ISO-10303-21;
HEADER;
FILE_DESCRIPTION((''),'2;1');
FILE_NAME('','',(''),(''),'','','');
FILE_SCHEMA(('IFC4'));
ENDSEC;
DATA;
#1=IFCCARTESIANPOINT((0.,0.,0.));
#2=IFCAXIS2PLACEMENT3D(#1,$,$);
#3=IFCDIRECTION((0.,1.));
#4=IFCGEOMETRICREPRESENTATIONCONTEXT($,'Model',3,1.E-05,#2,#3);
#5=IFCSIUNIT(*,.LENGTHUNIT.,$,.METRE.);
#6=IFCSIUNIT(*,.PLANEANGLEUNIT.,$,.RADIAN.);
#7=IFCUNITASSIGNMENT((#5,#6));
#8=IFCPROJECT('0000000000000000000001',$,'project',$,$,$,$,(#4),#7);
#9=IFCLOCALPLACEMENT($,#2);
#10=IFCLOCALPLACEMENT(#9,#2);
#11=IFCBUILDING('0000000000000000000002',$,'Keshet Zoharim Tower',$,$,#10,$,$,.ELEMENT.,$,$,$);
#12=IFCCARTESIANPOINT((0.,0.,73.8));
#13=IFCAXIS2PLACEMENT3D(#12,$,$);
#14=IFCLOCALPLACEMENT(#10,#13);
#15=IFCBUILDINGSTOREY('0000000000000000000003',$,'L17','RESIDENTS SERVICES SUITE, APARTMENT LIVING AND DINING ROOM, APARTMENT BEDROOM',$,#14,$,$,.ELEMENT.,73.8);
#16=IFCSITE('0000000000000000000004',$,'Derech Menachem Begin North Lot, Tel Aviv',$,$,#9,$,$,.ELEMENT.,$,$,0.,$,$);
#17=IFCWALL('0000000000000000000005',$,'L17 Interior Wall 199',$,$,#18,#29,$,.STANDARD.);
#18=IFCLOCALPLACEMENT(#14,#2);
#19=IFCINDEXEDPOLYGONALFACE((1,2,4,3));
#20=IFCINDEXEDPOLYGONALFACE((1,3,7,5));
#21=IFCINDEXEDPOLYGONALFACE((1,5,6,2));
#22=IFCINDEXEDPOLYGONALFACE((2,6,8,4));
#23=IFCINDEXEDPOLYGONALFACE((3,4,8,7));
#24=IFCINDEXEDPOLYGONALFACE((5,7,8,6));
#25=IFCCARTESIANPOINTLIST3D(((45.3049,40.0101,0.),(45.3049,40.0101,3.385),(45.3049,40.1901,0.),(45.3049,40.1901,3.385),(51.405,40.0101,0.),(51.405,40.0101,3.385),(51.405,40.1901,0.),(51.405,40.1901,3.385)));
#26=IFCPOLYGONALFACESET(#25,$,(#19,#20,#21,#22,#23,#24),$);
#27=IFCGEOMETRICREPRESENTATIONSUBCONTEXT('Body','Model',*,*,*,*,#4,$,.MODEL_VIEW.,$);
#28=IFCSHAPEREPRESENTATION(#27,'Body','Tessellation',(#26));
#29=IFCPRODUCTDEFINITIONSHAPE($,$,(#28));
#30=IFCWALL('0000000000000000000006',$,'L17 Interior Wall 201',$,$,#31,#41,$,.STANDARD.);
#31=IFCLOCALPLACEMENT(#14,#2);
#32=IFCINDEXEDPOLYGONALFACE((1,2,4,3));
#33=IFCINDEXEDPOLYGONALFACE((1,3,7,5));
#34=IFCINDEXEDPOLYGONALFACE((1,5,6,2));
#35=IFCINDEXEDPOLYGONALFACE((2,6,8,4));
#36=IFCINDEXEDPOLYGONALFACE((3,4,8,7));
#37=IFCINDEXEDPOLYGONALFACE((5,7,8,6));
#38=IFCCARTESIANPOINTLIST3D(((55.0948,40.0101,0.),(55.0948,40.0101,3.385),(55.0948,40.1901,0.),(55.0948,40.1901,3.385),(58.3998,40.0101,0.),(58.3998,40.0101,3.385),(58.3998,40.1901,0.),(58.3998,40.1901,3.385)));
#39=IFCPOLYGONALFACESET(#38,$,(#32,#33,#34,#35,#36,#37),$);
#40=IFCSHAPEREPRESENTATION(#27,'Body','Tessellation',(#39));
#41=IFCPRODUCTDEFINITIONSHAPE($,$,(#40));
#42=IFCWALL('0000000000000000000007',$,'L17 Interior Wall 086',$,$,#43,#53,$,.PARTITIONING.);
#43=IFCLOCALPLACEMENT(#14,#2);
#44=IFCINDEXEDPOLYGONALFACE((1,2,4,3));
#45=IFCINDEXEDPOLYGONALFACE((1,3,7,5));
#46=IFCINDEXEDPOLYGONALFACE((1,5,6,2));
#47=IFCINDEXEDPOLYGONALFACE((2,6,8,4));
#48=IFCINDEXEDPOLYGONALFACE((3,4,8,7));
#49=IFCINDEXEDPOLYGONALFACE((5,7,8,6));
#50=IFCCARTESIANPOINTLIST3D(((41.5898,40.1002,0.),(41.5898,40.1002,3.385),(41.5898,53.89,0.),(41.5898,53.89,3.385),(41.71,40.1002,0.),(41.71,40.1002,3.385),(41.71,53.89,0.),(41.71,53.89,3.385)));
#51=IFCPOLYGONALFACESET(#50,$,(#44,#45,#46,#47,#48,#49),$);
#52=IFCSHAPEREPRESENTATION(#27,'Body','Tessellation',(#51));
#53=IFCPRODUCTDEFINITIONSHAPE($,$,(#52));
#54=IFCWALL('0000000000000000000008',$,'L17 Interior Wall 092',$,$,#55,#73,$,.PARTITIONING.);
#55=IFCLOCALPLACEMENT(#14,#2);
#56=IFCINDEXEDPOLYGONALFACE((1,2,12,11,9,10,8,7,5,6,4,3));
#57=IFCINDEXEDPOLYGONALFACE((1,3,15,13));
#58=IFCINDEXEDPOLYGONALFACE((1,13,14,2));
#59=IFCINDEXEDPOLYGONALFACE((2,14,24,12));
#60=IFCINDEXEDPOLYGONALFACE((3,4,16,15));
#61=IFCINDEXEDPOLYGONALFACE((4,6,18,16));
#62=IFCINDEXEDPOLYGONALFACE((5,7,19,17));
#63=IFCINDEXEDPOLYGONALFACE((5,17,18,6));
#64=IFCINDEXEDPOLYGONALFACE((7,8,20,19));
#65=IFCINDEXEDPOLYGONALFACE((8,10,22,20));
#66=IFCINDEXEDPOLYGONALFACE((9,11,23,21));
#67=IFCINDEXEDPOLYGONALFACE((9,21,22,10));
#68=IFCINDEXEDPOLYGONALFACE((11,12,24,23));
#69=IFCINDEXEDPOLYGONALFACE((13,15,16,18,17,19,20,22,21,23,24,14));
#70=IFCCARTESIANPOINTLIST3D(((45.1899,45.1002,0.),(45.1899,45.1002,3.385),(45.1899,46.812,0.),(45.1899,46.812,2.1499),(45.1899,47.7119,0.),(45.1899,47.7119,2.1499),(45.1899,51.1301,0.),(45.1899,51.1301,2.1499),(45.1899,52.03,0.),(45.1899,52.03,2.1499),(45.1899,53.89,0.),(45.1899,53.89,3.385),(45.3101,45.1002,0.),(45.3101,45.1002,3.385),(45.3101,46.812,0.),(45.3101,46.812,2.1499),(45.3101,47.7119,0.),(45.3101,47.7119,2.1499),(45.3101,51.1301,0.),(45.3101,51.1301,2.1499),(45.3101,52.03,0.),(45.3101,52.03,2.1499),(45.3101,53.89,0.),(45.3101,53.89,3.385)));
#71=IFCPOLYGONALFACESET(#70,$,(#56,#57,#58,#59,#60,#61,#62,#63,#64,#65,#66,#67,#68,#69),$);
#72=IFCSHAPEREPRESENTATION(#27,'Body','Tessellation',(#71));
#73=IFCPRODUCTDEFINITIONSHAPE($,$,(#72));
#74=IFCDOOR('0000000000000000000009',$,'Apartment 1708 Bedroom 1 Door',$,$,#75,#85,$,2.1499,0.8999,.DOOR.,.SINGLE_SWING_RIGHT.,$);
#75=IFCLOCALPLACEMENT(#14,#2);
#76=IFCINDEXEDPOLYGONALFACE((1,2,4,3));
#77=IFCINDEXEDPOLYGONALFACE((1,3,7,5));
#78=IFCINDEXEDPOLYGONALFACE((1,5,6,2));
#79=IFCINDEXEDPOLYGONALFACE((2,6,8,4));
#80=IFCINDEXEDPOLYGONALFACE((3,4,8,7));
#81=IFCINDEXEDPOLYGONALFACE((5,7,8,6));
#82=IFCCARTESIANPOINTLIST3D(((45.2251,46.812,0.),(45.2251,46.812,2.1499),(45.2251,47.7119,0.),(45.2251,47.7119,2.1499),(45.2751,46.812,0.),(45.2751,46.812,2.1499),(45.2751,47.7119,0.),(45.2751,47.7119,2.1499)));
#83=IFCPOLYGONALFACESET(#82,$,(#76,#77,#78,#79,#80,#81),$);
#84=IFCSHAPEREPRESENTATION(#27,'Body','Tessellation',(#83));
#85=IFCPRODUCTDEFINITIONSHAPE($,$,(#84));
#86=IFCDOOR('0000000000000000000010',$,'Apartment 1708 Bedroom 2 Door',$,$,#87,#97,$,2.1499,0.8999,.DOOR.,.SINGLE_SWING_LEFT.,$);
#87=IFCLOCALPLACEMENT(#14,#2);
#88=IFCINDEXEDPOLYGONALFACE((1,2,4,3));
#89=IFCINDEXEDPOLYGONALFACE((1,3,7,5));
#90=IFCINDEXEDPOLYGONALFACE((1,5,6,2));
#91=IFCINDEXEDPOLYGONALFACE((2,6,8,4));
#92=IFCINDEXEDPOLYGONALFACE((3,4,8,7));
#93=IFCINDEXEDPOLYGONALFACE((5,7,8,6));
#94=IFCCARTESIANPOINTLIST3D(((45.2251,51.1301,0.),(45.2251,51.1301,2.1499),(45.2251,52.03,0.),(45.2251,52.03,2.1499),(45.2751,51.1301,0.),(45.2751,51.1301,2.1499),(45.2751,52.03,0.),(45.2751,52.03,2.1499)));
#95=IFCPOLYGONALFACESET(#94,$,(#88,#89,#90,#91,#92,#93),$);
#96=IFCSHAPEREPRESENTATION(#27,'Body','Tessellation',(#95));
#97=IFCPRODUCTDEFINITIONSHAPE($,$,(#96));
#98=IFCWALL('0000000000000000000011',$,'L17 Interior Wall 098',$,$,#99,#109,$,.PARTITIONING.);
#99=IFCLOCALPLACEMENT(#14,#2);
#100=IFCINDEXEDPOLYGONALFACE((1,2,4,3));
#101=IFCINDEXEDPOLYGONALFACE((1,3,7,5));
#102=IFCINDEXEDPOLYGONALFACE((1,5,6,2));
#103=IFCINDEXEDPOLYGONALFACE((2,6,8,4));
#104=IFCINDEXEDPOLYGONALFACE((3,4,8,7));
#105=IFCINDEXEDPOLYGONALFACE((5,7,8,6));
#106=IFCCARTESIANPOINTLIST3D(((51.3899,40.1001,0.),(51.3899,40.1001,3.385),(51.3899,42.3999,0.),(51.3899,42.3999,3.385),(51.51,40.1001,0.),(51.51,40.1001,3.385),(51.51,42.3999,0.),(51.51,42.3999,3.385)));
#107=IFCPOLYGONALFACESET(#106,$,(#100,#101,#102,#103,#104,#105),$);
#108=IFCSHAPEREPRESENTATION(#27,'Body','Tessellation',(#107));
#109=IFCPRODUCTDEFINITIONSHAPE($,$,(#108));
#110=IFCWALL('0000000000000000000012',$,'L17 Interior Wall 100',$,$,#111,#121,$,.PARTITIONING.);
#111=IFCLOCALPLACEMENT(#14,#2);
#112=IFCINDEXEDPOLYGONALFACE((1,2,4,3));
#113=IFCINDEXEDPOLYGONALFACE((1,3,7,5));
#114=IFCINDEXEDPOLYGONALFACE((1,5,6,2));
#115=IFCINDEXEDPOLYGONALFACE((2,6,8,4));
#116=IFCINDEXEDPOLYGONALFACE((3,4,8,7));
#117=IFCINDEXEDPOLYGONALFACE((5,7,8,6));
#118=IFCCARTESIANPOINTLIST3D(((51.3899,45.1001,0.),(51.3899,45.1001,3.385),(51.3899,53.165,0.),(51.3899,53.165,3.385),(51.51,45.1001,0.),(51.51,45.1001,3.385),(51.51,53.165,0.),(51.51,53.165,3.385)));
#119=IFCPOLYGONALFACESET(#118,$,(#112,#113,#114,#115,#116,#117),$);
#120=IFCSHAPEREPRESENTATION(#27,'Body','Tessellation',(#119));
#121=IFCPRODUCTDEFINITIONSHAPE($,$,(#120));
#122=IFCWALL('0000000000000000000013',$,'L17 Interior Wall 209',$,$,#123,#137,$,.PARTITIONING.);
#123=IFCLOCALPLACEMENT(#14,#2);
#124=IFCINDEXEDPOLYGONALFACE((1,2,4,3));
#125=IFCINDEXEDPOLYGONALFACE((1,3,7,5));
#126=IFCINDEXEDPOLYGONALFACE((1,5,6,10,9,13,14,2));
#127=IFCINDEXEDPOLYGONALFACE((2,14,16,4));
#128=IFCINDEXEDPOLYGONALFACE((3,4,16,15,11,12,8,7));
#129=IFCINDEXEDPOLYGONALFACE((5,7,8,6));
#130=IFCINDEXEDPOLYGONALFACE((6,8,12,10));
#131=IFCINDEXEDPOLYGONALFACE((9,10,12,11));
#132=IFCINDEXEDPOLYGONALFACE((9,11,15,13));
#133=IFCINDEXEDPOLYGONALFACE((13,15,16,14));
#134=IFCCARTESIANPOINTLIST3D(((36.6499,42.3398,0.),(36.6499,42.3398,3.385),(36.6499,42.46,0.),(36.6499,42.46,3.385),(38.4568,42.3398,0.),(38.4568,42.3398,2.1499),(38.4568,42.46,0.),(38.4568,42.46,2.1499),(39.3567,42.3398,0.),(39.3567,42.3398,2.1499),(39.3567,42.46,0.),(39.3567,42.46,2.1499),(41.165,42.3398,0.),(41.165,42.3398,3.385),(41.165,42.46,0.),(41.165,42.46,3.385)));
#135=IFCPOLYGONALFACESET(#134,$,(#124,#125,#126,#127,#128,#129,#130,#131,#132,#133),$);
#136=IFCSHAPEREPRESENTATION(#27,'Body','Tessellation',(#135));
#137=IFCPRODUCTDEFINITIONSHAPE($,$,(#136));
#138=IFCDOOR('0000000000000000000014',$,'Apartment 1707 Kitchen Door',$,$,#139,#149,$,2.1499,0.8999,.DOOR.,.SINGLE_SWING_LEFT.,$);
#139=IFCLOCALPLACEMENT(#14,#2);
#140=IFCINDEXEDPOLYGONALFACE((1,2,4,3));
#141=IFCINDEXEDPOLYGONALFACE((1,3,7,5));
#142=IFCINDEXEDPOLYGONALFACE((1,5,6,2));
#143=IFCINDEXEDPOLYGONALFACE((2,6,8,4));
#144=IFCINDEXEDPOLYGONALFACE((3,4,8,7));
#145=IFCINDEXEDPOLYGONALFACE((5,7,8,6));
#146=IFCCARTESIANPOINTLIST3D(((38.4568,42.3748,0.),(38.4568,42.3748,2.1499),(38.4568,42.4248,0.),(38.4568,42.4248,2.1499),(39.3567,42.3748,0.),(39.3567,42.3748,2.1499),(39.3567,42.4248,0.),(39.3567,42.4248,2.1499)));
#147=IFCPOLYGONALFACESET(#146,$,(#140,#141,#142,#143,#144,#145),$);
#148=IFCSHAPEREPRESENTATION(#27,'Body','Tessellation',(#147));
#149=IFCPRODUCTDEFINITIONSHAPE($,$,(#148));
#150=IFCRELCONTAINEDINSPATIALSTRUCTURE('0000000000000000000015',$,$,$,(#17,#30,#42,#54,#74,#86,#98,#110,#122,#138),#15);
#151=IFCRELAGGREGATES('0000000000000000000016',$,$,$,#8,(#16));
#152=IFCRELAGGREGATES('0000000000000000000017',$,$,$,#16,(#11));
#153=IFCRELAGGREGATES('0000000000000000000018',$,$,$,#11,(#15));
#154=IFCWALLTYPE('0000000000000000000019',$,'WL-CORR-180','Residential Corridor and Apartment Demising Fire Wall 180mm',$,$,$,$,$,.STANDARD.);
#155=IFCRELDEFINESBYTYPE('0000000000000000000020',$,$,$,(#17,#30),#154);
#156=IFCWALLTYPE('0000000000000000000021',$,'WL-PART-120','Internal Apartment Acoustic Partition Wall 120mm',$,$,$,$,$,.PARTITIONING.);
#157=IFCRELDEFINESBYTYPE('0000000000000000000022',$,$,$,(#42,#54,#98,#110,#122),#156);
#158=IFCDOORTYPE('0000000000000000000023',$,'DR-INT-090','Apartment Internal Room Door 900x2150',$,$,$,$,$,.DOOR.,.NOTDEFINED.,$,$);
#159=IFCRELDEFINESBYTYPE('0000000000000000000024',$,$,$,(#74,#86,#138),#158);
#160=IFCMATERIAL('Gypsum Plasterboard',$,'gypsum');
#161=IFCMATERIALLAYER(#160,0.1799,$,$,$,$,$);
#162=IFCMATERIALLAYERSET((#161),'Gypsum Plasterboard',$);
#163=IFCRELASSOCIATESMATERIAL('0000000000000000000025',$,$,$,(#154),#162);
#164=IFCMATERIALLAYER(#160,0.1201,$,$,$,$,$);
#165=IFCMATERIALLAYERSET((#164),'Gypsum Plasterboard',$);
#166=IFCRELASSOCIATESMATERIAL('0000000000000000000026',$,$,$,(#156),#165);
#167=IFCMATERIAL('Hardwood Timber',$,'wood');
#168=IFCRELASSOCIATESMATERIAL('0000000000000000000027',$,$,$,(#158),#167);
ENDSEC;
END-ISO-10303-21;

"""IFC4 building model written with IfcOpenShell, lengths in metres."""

from ifc_helpers import new_model, si_unit, direction, frame, frame_2d, origin, place, context, subcontext, project, spatial, rectangle, extrude, material, layer, layer_set, type_object, element, fill, save


model = new_model("IFC4")

# Units and contexts
model_context = context("Model", 3, precision=1e-05, world=origin(), true_north=direction((0.0, 1.0)))
body_context = subcontext(model_context, "Body", "Model", "MODEL_VIEW")
ifc_project = project(units=[si_unit("LENGTHUNIT", "METRE"), si_unit("PLANEANGLEUNIT", "RADIAN")], contexts=[model_context])

# Site, building, storey
site_placement = place(None, origin())
site = spatial("IfcSite", under=ifc_project, at=site_placement, Name="Derech Menachem Begin North Lot, Tel Aviv", CompositionType="ELEMENT", RefElevation=0.0)
building_placement = place(site_placement, origin())
building = spatial("IfcBuilding", under=site, at=building_placement, Name="Keshet Zoharim Tower", CompositionType="ELEMENT")
storey_placement = place(building_placement, frame((0.0, 0.0, 73.8)))
storey = spatial("IfcBuildingStorey", under=building, at=storey_placement, Name="L17", Description="RESIDENTS SERVICES SUITE, APARTMENT LIVING AND DINING ROOM, APARTMENT BEDROOM", CompositionType="ELEMENT", Elevation=73.8)

# Wall
ifc_material_1 = material(Name="Gypsum Plasterboard", Category="gypsum")
ifc_layer_1 = layer(ifc_material_1, 0.1799)
ifc_layer_set_1 = layer_set([ifc_layer_1], Name="Gypsum Plasterboard")
wall_type_1 = type_object("IfcWallType", Name="WL-CORR-180", Description="Residential Corridor and Apartment Demising Fire Wall 180mm", PredefinedType="STANDARD", material=ifc_layer_set_1)
wall_1_placement = place(storey_placement, frame((45.3049, 40.1001, 0.0), z_axis=(0.0, 0.0, 1.0), x_axis=(1.0, 0.0, 0.0)))
element("IfcWall", 1, at=wall_1_placement, inside=storey, type_object=wall_type_1, Name="L17 Interior Wall 199", PredefinedType="STANDARD", context=body_context, shape_type="SweptSolid", body=[
    extrude(rectangle(XDim=6.1001, YDim=0.1799, at=frame_2d((3.05, 0.0))), origin(), (0.0, 0.0, 1.0), 3.385),
])

# Shared definitions
ifc_material_2 = material(Name="Hardwood Timber", Category="wood")

# Walls
wall_2_placement = place(storey_placement, frame((55.095, 40.1001, 0.0), z_axis=(0.0, 0.0, 1.0), x_axis=(1.0, 0.0, 0.0)))
element("IfcWall", 2, at=wall_2_placement, inside=storey, type_object=wall_type_1, Name="L17 Interior Wall 201", PredefinedType="STANDARD", context=body_context, shape_type="SweptSolid", body=[
    extrude(rectangle(XDim=3.3049, YDim=0.1799, at=frame_2d((1.6523, 0.0))), origin(), (0.0, 0.0, 1.0), 3.385),
])
ifc_layer_2 = layer(ifc_material_1, 0.1201)
ifc_layer_set_2 = layer_set([ifc_layer_2], Name="Gypsum Plasterboard")
wall_type_2 = type_object("IfcWallType", Name="WL-PART-120", Description="Internal Apartment Acoustic Partition Wall 120mm", PredefinedType="PARTITIONING", material=ifc_layer_set_2)
wall_3_placement = place(storey_placement, frame((41.6499, 40.1001, 0.0), z_axis=(0.0, 0.0, 1.0), x_axis=(0.0, 1.0, 0.0)))
element("IfcWall", 3, at=wall_3_placement, inside=storey, type_object=wall_type_2, Name="L17 Interior Wall 086", PredefinedType="PARTITIONING", context=body_context, shape_type="SweptSolid", body=[
    extrude(rectangle(XDim=13.7898, YDim=0.1201, at=frame_2d((6.895, 0.0))), origin(), (0.0, 0.0, 1.0), 3.385),
])

# Shared definitions
door_type_1 = type_object("IfcDoorType", Name="DR-INT-090", Description="Apartment Internal Room Door 900x2150", OperationType="NOTDEFINED", PredefinedType="DOOR", material=ifc_material_2)

# Wall, openings, doors
wall_4_placement = place(storey_placement, frame((45.25, 45.1001, 0.0), z_axis=(0.0, 0.0, 1.0), x_axis=(0.0, 1.0, 0.0)))
wall_4 = element("IfcWall", 4, at=wall_4_placement, inside=storey, type_object=wall_type_2, Name="L17 Interior Wall 092", PredefinedType="PARTITIONING", context=body_context, shape_type="SweptSolid", body=[
    extrude(rectangle(XDim=8.7898, YDim=0.1201, at=frame_2d((4.395, 0.0))), origin(), (0.0, 0.0, 1.0), 3.385),
])
opening_1_placement = place(wall_4_placement, frame((1.7119, 0.0, 0.0)))
opening_1 = element("IfcOpeningElement", 5, at=opening_1_placement, cuts=wall_4, PredefinedType="OPENING", context=body_context, shape_type="SweptSolid", body=[
    extrude(rectangle(XDim=0.8999, YDim=2.1499, at=frame_2d((0.45, 1.075))), frame((0.0, 0.0701, 0.0), z_axis=(0.0, -1.0, 0.0), x_axis=(1.0, 0.0, 0.0)), (0.0, 0.0, 1.0), 0.1401),
])
opening_2_placement = place(wall_4_placement, frame((6.03, 0.0, 0.0)))
opening_2 = element("IfcOpeningElement", 6, at=opening_2_placement, cuts=wall_4, PredefinedType="OPENING", context=body_context, shape_type="SweptSolid", body=[
    extrude(rectangle(XDim=0.8999, YDim=2.1499, at=frame_2d((0.45, 1.075))), frame((0.0, 0.0701, 0.0), z_axis=(0.0, -1.0, 0.0), x_axis=(1.0, 0.0, 0.0)), (0.0, 0.0, 1.0), 0.1401),
])
door_1_placement = place(opening_1_placement, origin())
door_1 = element("IfcDoor", 7, at=door_1_placement, inside=storey, type_object=door_type_1, Name="Apartment 1708 Bedroom 1 Door", OperationType="SINGLE_SWING_RIGHT", OverallHeight=2.1499, OverallWidth=0.8999, PredefinedType="DOOR", context=body_context, shape_type="SweptSolid", body=[
    extrude(rectangle(XDim=0.8999, YDim=2.1499, at=frame_2d((0.45, 1.075))), frame((0.0, 0.0249, 0.0), z_axis=(0.0, -1.0, 0.0), x_axis=(1.0, 0.0, 0.0)), (0.0, 0.0, 1.0), 0.05),
])
fill(opening_1, door_1)
door_2_placement = place(opening_2_placement, origin())
door_2 = element("IfcDoor", 8, at=door_2_placement, inside=storey, type_object=door_type_1, Name="Apartment 1708 Bedroom 2 Door", OperationType="SINGLE_SWING_LEFT", OverallHeight=2.1499, OverallWidth=0.8999, PredefinedType="DOOR", context=body_context, shape_type="SweptSolid", body=[
    extrude(rectangle(XDim=0.8999, YDim=2.1499, at=frame_2d((0.45, 1.075))), frame((0.0, 0.0249, 0.0), z_axis=(0.0, -1.0, 0.0), x_axis=(1.0, 0.0, 0.0)), (0.0, 0.0, 1.0), 0.05),
])
fill(opening_2, door_2)

# Walls
wall_5_placement = place(storey_placement, frame((51.45, 40.1001, 0.0), z_axis=(0.0, 0.0, 1.0), x_axis=(0.0, 1.0, 0.0)))
element("IfcWall", 9, at=wall_5_placement, inside=storey, type_object=wall_type_2, Name="L17 Interior Wall 098", PredefinedType="PARTITIONING", context=body_context, shape_type="SweptSolid", body=[
    extrude(rectangle(XDim=2.2998, YDim=0.1201, at=frame_2d((1.1499, 0.0))), origin(), (0.0, 0.0, 1.0), 3.385),
])
wall_6_placement = place(storey_placement, frame((51.45, 45.1001, 0.0), z_axis=(0.0, 0.0, 1.0), x_axis=(0.0, 1.0, 0.0)))
element("IfcWall", 10, at=wall_6_placement, inside=storey, type_object=wall_type_2, Name="L17 Interior Wall 100", PredefinedType="PARTITIONING", context=body_context, shape_type="SweptSolid", body=[
    extrude(rectangle(XDim=8.0649, YDim=0.1201, at=frame_2d((4.0325, 0.0))), origin(), (0.0, 0.0, 1.0), 3.385),
])

# Wall, opening, door
wall_7_placement = place(storey_placement, frame((36.6499, 42.3999, 0.0), z_axis=(0.0, 0.0, 1.0), x_axis=(1.0, 0.0, 0.0)))
wall_7 = element("IfcWall", 11, at=wall_7_placement, inside=storey, type_object=wall_type_2, Name="L17 Interior Wall 209", PredefinedType="PARTITIONING", context=body_context, shape_type="SweptSolid", body=[
    extrude(rectangle(XDim=4.5151, YDim=0.1201, at=frame_2d((2.2576, 0.0))), origin(), (0.0, 0.0, 1.0), 3.385),
])
opening_3_placement = place(wall_7_placement, frame((1.8069, 0.0, 0.0)))
opening_3 = element("IfcOpeningElement", 12, at=opening_3_placement, cuts=wall_7, PredefinedType="OPENING", context=body_context, shape_type="SweptSolid", body=[
    extrude(rectangle(XDim=0.8999, YDim=2.1499, at=frame_2d((0.45, 1.075))), frame((0.0, 0.0701, 0.0), z_axis=(0.0, -1.0, 0.0), x_axis=(1.0, 0.0, 0.0)), (0.0, 0.0, 1.0), 0.1401),
])
door_3_placement = place(opening_3_placement, origin())
door_3 = element("IfcDoor", 13, at=door_3_placement, inside=storey, type_object=door_type_1, Name="Apartment 1707 Kitchen Door", OperationType="SINGLE_SWING_LEFT", OverallHeight=2.1499, OverallWidth=0.8999, PredefinedType="DOOR", context=body_context, shape_type="SweptSolid", body=[
    extrude(rectangle(XDim=0.8999, YDim=2.1499, at=frame_2d((0.45, 1.075))), frame((0.0, 0.0249, 0.0), z_axis=(0.0, -1.0, 0.0), x_axis=(1.0, 0.0, 0.0)), (0.0, 0.0, 1.0), 0.05),
])
fill(opening_3, door_3)

save(model, "model.ifc")
